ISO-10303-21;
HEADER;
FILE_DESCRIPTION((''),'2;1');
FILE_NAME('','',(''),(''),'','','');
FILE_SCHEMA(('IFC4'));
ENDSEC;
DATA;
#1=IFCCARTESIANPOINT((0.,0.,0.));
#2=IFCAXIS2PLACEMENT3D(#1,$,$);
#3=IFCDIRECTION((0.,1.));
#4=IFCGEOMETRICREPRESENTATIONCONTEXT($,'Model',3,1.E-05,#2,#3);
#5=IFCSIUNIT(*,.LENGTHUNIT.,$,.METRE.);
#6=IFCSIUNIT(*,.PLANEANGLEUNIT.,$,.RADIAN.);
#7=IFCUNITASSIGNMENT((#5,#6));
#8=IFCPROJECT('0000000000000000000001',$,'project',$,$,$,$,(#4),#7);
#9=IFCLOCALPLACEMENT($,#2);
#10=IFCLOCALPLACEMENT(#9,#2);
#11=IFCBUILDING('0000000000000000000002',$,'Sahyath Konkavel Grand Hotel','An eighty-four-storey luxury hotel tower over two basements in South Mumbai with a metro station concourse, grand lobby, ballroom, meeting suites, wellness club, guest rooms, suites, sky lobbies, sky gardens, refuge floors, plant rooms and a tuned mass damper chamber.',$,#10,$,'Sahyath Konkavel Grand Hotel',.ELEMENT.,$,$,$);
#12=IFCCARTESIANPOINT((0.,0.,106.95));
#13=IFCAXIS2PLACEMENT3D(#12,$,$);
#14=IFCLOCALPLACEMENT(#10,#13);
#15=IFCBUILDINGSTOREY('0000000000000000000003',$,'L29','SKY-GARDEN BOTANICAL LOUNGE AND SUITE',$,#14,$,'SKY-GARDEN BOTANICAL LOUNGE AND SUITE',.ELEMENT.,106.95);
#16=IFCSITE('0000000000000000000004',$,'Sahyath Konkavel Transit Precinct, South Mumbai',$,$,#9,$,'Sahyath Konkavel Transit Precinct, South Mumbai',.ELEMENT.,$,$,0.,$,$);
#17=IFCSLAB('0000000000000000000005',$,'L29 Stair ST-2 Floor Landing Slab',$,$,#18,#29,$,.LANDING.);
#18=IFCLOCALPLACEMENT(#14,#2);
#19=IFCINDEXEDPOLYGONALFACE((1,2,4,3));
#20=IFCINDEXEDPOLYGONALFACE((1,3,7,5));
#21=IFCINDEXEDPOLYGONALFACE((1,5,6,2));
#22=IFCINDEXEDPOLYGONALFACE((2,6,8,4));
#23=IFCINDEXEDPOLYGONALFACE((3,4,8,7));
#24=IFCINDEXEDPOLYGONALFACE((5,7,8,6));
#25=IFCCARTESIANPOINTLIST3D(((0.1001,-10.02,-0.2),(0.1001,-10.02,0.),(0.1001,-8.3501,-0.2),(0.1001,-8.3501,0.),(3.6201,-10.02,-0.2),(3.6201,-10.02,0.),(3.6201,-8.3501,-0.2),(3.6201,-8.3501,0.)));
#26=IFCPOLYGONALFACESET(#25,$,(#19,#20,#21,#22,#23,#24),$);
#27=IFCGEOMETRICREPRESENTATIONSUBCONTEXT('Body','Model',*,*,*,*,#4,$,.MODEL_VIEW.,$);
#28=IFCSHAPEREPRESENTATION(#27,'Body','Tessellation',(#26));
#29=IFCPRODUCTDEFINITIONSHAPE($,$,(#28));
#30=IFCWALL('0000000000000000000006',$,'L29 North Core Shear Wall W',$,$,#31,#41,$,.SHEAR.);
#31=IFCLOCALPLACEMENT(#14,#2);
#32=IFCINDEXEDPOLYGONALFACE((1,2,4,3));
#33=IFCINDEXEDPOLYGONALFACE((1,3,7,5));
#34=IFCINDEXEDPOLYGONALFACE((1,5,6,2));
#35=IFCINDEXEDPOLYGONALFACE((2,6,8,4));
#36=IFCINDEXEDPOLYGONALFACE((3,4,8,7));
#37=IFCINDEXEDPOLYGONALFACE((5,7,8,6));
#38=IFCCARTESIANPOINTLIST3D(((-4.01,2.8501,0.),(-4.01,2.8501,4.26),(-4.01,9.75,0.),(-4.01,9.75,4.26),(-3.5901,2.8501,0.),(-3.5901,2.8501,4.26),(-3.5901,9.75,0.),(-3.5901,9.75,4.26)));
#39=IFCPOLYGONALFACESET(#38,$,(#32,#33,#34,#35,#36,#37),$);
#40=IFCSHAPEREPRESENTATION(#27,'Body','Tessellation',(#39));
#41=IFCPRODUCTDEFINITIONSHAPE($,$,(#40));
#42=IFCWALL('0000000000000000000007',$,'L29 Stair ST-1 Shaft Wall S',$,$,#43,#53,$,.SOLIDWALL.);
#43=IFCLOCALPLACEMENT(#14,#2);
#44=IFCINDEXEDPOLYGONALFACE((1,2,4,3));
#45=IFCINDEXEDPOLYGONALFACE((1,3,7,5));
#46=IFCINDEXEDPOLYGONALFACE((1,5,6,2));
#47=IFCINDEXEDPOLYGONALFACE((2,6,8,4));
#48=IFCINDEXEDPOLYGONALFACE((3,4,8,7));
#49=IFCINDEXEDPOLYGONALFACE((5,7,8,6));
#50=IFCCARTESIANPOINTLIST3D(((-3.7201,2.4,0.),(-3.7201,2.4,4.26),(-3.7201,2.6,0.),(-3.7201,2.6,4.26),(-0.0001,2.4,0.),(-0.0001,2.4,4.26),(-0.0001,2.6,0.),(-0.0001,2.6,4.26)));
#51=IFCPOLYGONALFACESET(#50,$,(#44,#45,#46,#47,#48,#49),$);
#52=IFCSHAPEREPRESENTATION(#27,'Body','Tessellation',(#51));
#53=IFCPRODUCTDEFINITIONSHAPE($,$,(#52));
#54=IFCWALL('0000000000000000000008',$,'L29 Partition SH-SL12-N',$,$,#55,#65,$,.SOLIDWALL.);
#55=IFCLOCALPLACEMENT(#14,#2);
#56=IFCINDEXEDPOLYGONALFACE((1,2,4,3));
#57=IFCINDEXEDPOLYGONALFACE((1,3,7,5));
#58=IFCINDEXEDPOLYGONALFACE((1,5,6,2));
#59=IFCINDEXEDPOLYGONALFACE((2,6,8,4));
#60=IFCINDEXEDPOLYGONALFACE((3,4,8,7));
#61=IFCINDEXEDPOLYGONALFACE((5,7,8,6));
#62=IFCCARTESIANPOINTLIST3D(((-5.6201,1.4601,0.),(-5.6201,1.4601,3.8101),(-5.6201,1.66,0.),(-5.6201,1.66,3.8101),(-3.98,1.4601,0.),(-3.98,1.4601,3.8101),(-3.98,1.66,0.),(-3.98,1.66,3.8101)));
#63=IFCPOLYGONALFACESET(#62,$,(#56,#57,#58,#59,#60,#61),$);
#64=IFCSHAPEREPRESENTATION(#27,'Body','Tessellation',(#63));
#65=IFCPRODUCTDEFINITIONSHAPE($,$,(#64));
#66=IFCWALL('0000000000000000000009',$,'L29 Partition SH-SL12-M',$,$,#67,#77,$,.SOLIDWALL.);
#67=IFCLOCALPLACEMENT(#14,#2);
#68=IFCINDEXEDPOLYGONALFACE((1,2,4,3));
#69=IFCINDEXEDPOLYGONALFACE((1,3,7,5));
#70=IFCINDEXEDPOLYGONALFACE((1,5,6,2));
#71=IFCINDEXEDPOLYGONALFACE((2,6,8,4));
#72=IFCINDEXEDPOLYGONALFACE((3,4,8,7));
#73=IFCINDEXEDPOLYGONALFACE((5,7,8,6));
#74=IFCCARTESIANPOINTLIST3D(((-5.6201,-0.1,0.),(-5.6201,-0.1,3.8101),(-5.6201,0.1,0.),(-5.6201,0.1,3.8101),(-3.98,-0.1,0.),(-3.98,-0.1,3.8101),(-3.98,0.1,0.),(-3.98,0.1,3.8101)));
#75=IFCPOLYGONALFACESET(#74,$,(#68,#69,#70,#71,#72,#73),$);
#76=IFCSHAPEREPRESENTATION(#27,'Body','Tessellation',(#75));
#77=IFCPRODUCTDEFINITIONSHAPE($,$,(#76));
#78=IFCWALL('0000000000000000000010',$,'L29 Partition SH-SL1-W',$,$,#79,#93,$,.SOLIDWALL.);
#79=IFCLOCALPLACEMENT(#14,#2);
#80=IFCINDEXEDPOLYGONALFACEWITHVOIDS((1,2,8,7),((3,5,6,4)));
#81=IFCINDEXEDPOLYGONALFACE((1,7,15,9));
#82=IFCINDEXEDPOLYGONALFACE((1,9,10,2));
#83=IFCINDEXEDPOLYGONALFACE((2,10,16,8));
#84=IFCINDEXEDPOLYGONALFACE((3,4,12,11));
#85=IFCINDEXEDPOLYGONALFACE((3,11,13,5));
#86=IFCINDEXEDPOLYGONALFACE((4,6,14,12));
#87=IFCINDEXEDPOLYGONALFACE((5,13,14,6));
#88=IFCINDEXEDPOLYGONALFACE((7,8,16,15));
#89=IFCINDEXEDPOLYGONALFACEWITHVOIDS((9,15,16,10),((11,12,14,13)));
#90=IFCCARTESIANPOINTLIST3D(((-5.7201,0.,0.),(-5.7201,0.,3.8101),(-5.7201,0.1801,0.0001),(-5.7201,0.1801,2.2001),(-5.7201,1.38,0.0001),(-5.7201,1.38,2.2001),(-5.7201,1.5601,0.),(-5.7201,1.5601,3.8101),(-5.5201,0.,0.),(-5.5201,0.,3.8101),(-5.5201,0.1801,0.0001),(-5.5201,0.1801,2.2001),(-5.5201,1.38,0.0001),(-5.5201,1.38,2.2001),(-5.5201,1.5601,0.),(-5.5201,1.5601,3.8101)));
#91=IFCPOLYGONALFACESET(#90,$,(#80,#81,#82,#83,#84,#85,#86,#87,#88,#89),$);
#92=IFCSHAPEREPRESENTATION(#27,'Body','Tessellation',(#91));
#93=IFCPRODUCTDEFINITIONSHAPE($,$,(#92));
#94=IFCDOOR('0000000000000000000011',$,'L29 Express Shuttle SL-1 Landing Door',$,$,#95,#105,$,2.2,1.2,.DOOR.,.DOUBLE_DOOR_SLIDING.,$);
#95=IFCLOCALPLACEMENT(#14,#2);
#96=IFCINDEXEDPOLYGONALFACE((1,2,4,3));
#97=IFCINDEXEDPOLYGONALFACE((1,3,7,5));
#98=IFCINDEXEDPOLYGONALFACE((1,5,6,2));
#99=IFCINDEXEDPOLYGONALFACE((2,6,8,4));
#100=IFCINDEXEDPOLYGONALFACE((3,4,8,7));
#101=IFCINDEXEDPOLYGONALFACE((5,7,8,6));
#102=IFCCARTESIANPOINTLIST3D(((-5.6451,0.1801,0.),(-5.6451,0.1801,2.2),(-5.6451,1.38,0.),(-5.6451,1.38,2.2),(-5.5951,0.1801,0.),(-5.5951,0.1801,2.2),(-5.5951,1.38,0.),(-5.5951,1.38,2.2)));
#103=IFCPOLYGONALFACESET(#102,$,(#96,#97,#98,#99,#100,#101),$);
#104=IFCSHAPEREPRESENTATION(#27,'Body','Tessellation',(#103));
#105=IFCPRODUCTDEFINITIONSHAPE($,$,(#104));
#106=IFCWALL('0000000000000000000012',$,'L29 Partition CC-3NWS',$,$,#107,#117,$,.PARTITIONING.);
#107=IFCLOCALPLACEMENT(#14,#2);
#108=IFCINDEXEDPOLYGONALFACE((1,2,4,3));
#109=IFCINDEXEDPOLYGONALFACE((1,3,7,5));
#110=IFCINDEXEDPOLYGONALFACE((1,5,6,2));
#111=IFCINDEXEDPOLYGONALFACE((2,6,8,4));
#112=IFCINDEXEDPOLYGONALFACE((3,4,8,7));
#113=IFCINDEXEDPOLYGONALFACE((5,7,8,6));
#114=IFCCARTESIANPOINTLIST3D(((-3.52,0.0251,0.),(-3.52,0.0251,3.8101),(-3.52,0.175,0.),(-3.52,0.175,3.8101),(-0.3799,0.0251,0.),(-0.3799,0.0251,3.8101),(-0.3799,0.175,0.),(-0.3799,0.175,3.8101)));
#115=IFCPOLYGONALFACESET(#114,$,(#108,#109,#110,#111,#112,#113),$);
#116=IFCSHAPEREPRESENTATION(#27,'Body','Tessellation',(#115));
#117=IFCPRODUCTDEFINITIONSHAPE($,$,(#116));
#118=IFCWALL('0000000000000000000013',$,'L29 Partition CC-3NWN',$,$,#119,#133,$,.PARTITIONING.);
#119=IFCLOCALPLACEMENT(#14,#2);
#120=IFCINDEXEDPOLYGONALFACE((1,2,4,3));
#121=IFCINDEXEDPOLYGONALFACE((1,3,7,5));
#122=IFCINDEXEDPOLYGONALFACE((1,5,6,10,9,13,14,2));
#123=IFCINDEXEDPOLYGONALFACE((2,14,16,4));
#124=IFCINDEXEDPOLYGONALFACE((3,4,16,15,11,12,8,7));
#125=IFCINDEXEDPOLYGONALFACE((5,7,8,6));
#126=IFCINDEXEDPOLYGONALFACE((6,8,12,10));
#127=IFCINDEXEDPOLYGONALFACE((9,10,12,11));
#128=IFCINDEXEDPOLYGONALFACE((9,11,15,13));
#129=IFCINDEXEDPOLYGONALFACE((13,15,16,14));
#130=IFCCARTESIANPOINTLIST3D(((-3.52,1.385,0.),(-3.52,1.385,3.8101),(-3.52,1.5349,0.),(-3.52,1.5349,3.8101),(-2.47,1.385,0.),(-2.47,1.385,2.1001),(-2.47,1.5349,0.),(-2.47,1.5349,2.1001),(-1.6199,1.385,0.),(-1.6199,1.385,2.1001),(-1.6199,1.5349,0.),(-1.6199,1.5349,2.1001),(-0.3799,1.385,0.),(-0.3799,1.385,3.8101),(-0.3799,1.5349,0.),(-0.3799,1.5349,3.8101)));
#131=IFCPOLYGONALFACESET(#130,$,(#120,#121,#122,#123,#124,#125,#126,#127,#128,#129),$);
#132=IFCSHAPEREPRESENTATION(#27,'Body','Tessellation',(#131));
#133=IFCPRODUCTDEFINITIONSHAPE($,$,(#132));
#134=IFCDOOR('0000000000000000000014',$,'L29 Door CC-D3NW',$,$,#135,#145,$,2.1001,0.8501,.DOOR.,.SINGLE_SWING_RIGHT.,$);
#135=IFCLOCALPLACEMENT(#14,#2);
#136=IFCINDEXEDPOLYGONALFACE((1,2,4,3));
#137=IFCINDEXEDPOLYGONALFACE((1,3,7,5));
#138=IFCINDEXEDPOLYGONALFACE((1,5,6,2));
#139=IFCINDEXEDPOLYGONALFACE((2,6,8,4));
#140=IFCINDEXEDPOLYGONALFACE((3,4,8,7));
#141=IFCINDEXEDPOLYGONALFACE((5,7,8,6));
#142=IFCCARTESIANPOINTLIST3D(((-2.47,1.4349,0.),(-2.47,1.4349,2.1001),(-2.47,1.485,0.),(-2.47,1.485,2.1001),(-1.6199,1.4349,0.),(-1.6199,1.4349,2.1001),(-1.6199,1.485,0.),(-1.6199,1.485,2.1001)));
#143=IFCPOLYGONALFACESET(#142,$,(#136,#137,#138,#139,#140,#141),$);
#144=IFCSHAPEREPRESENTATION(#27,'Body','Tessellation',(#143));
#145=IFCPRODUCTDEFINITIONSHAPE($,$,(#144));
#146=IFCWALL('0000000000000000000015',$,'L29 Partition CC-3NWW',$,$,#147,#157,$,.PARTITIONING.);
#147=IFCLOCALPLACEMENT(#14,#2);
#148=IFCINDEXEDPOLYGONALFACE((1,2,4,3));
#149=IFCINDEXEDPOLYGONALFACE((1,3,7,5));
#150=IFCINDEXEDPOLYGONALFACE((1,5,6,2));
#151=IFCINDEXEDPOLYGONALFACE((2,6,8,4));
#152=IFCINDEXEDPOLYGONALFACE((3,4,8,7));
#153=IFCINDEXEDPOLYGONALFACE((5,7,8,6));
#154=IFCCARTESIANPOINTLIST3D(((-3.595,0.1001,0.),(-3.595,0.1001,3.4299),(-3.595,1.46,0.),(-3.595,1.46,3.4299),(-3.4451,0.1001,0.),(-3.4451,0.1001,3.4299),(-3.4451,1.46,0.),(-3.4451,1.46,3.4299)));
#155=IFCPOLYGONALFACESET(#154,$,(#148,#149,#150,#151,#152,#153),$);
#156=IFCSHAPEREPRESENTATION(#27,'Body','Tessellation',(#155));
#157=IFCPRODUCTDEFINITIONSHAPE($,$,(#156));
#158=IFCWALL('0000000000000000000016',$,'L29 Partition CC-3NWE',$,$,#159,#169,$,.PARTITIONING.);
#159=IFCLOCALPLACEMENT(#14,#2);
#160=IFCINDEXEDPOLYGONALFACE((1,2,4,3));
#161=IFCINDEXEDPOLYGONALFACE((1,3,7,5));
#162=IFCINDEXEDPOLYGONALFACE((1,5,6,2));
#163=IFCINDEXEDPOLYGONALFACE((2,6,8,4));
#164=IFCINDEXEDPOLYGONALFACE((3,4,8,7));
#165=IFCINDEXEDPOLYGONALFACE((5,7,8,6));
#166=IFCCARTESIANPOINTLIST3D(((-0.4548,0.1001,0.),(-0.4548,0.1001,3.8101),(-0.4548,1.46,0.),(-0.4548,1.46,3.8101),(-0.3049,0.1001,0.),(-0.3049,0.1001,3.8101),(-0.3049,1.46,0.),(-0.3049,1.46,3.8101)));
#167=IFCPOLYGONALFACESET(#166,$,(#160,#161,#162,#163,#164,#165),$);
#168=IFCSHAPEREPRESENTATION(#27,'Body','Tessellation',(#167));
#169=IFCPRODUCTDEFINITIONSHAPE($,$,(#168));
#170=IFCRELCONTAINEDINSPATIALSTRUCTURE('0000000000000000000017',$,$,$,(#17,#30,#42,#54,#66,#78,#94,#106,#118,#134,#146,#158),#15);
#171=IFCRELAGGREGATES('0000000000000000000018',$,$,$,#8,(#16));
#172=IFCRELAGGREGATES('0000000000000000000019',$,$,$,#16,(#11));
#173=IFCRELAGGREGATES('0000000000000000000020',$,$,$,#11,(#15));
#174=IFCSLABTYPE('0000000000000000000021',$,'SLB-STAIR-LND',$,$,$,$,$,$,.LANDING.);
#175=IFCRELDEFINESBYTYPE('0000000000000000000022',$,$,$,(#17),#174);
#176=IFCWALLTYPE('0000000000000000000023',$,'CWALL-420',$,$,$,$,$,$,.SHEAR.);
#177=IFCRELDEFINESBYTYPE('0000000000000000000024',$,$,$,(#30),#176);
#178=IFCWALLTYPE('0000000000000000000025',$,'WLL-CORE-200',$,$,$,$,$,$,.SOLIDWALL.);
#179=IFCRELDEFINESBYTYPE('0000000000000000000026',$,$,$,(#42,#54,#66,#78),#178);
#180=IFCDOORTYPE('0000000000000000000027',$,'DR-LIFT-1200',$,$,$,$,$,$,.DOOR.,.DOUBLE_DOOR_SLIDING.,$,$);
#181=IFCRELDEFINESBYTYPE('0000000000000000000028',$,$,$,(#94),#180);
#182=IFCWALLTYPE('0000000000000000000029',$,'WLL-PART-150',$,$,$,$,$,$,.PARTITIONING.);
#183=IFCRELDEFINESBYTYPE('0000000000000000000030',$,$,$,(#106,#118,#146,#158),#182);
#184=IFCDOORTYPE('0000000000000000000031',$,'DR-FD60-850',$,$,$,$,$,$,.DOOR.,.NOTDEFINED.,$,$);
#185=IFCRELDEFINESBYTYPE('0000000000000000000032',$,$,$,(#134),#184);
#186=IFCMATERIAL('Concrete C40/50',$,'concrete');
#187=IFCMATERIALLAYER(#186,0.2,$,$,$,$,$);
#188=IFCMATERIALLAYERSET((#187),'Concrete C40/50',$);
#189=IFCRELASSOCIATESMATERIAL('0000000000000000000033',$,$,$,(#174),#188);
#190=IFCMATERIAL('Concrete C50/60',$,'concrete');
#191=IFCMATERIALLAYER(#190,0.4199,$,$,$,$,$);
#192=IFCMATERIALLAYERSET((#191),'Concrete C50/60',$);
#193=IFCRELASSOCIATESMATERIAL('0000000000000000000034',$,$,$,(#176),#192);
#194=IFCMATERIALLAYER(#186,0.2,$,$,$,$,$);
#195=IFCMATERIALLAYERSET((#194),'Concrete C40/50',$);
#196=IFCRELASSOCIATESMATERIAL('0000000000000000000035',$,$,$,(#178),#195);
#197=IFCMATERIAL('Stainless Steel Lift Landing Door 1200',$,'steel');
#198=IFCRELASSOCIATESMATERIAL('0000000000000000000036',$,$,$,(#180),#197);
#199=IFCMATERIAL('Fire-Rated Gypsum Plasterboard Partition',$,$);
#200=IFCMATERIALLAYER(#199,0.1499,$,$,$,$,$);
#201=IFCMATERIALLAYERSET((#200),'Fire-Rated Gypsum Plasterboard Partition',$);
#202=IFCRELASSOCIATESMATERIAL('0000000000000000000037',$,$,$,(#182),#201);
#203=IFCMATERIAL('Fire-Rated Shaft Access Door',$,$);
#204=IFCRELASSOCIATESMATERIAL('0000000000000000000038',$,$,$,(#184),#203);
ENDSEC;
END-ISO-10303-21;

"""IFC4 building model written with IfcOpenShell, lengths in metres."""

from ifc_helpers import new_model, si_unit, direction, frame, frame_2d, origin, origin_2d, place, context, subcontext, project, spatial, polyline, rectangle, outline, extrude, source, transform, mapped, material, layer, layer_set, type_object, element, fill, save


model = new_model("IFC4")

# Units and contexts
model_context = context("Model", 3, precision=1e-05, world=origin(), true_north=direction((0.0, 1.0)))
body_context = subcontext(model_context, "Body", "Model", "MODEL_VIEW")
ifc_project = project(units=[si_unit("LENGTHUNIT", "METRE"), si_unit("PLANEANGLEUNIT", "RADIAN")], contexts=[model_context])

# Site, building, storey
site_placement = place(None, origin())
site = spatial("IfcSite", under=ifc_project, at=site_placement, Name="Sahyath Konkavel Transit Precinct, South Mumbai", LongName="Sahyath Konkavel Transit Precinct, South Mumbai", CompositionType="ELEMENT", RefElevation=0.0)
building_placement = place(site_placement, origin())
building = spatial("IfcBuilding", under=site, at=building_placement, Name="Sahyath Konkavel Grand Hotel", Description="An eighty-four-storey luxury hotel tower over two basements in South Mumbai with a metro station concourse, grand lobby, ballroom, meeting suites, wellness club, guest rooms, suites, sky lobbies, sky gardens, refuge floors, plant rooms and a tuned mass damper chamber.", LongName="Sahyath Konkavel Grand Hotel", CompositionType="ELEMENT")
storey_placement = place(building_placement, frame((0.0, 0.0, 106.95)))
storey = spatial("IfcBuildingStorey", under=building, at=storey_placement, Name="L29", Description="SKY-GARDEN BOTANICAL LOUNGE AND SUITE", LongName="SKY-GARDEN BOTANICAL LOUNGE AND SUITE", CompositionType="ELEMENT", Elevation=106.95)

# Shared definitions
ifc_material_1 = material(Name="Concrete C50/60", Category="concrete")

# Slab
ifc_material_2 = material(Name="Concrete C40/50", Category="concrete")
ifc_layer_1 = layer(ifc_material_2, 0.2)
ifc_layer_set_1 = layer_set([ifc_layer_1], Name="Concrete C40/50")
slab_type_1 = type_object("IfcSlabType", Name="SLB-STAIR-LND", PredefinedType="LANDING", material=ifc_layer_set_1)
slab_1_placement = place(storey_placement, frame((0.0, 0.0, -0.2)))
element("IfcSlab", 1, at=slab_1_placement, inside=storey, type_object=slab_type_1, Name="L29 Stair ST-2 Floor Landing Slab", PredefinedType="LANDING", context=body_context, shape_type="SweptSolid", body=[
    extrude(outline(polyline([(0.1001, -10.02), (3.6201, -10.02), (3.6201, -8.3501), (0.1001, -8.3501), (0.1001, -10.02)])), origin(), (0.0, 0.0, 1.0), 0.2),
])

# Walls
ifc_layer_2 = layer(ifc_material_1, 0.4199)
ifc_layer_set_2 = layer_set([ifc_layer_2], Name="Concrete C50/60")
wall_type_1 = type_object("IfcWallType", Name="CWALL-420", PredefinedType="SHEAR", material=ifc_layer_set_2)
wall_1_placement = place(storey_placement, frame((-3.8, 2.8501, 0.0), z_axis=(0.0, 0.0, 1.0), x_axis=(0.0, 1.0, 0.0)))
element("IfcWall", 2, at=wall_1_placement, inside=storey, type_object=wall_type_1, Name="L29 North Core Shear Wall W", PredefinedType="SHEAR", context=body_context, shape_type="SweptSolid", body=[
    extrude(rectangle(XDim=6.8999, YDim=0.4199, at=frame_2d((3.45, 0.0))), origin(), (0.0, 0.0, 1.0), 4.26),
])
ifc_layer_3 = layer(ifc_material_2, 0.2)
ifc_layer_set_3 = layer_set([ifc_layer_3], Name="Concrete C40/50")
wall_type_2 = type_object("IfcWallType", Name="WLL-CORE-200", PredefinedType="SOLIDWALL", material=ifc_layer_set_3)
wall_2_placement = place(storey_placement, frame((-3.72, 2.5, 0.0), z_axis=(0.0, 0.0, 1.0), x_axis=(1.0, 0.0, 0.0)))
element("IfcWall", 3, at=wall_2_placement, inside=storey, type_object=wall_type_2, Name="L29 Stair ST-1 Shaft Wall S", PredefinedType="SOLIDWALL", context=body_context, shape_type="SweptSolid", body=[
    extrude(rectangle(XDim=3.72, YDim=0.2, at=frame_2d((1.8599, 0.0))), origin(), (0.0, 0.0, 1.0), 4.26),
])
for number, where, z_axis, x_axis, name in (
    (4, (-5.6201, 1.5601, 0.0), (0.0, 0.0, 1.0), (1.0, 0.0, 0.0), "L29 Partition SH-SL12-N"),
    (5, (-5.6201, 0.0, 0.0), (0.0, 0.0, 1.0), (1.0, 0.0, 0.0), "L29 Partition SH-SL12-M"),
):
    element("IfcWall", number, at=place(storey_placement, frame(where, z_axis=z_axis, x_axis=x_axis)), inside=storey, type_object=wall_type_2, Name=name, PredefinedType="SOLIDWALL", context=body_context, shape_type="SweptSolid", body=[
        extrude(rectangle(XDim=1.6401, YDim=0.2, at=frame_2d((0.8201, 0.0))), origin(), (0.0, 0.0, 1.0), 3.8101),
    ])

# Wall, opening, door
wall_3_placement = place(storey_placement, frame((-5.6201, 0.0, 0.0), z_axis=(0.0, 0.0, 1.0), x_axis=(0.0, 1.0, 0.0)))
wall_3 = element("IfcWall", 6, at=wall_3_placement, inside=storey, type_object=wall_type_2, Name="L29 Partition SH-SL1-W", PredefinedType="SOLIDWALL", context=body_context, shape_type="SweptSolid", body=[
    extrude(rectangle(XDim=1.5601, YDim=0.2, at=frame_2d((0.78, 0.0))), origin(), (0.0, 0.0, 1.0), 3.8101),
])
opening_1_placement = place(wall_3_placement, frame((0.1799, 0.0, 0.0)))
opening_1 = element("IfcOpeningElement", 7, at=opening_1_placement, cuts=wall_3, PredefinedType="OPENING", context=body_context, shape_type="SweptSolid", body=[
    extrude(rectangle(XDim=1.2, YDim=2.2, at=frame_2d((0.6001, 1.1001))), frame((0.0, 0.1099, 0.0), z_axis=(0.0, -1.0, 0.0), x_axis=(1.0, 0.0, 0.0)), (0.0, 0.0, 1.0), 0.22),
])
ifc_material_3 = material(Name="Stainless Steel Lift Landing Door 1200", Category="steel")
door_type_1 = type_object("IfcDoorType", Name="DR-LIFT-1200", OperationType="DOUBLE_DOOR_SLIDING", PredefinedType="DOOR", material=ifc_material_3)
shared_shape_1 = source(origin(), body_context, "Body", "SweptSolid", [
    extrude(rectangle(XDim=1.2, YDim=0.05, at=origin_2d()), origin(), (0.0, 0.0, 1.0), 2.2),
])
door_1_placement = place(opening_1_placement, frame((0.6001, 0.0, 0.0)))
door_1 = element("IfcDoor", 8, at=door_1_placement, inside=storey, type_object=door_type_1, Name="L29 Express Shuttle SL-1 Landing Door", OperationType="DOUBLE_DOOR_SLIDING", OverallHeight=2.2, OverallWidth=1.2, PredefinedType="DOOR", context=body_context, shape_type="MappedRepresentation", body=[
    mapped(shared_shape_1, transform((0.0, 0.0, 0.0), scale=1.0)),
])
fill(opening_1, door_1)

# Wall
ifc_material_4 = material(Name="Fire-Rated Gypsum Plasterboard Partition")
ifc_layer_4 = layer(ifc_material_4, 0.1499)
ifc_layer_set_4 = layer_set([ifc_layer_4], Name="Fire-Rated Gypsum Plasterboard Partition")
wall_type_3 = type_object("IfcWallType", Name="WLL-PART-150", PredefinedType="PARTITIONING", material=ifc_layer_set_4)
wall_4_placement = place(storey_placement, frame((-3.52, 0.1001, 0.0), z_axis=(0.0, 0.0, 1.0), x_axis=(1.0, 0.0, 0.0)))
element("IfcWall", 9, at=wall_4_placement, inside=storey, type_object=wall_type_3, Name="L29 Partition CC-3NWS", PredefinedType="PARTITIONING", context=body_context, shape_type="SweptSolid", body=[
    extrude(rectangle(XDim=3.1401, YDim=0.1499, at=frame_2d((1.5701, 0.0))), origin(), (0.0, 0.0, 1.0), 3.8101),
])

# Wall, opening, door
wall_5_placement = place(storey_placement, frame((-3.52, 1.46, 0.0), z_axis=(0.0, 0.0, 1.0), x_axis=(1.0, 0.0, 0.0)))
wall_5 = element("IfcWall", 10, at=wall_5_placement, inside=storey, type_object=wall_type_3, Name="L29 Partition CC-3NWN", PredefinedType="PARTITIONING", context=body_context, shape_type="SweptSolid", body=[
    extrude(rectangle(XDim=3.1401, YDim=0.1499, at=frame_2d((1.5701, 0.0))), origin(), (0.0, 0.0, 1.0), 3.8101),
])
opening_2_placement = place(wall_5_placement, frame((1.05, 0.0, 0.0)))
opening_2 = element("IfcOpeningElement", 11, at=opening_2_placement, cuts=wall_5, PredefinedType="OPENING", context=body_context, shape_type="SweptSolid", body=[
    extrude(rectangle(XDim=0.8501, YDim=2.1001, at=frame_2d((0.425, 1.05))), frame((0.0, 0.085, 0.0), z_axis=(0.0, -1.0, 0.0), x_axis=(1.0, 0.0, 0.0)), (0.0, 0.0, 1.0), 0.1699),
])
ifc_material_5 = material(Name="Fire-Rated Shaft Access Door")
door_type_2 = type_object("IfcDoorType", Name="DR-FD60-850", OperationType="NOTDEFINED", PredefinedType="DOOR", material=ifc_material_5)
shared_shape_2 = source(origin(), body_context, "Body", "SweptSolid", [
    extrude(rectangle(XDim=0.8501, YDim=0.05, at=origin_2d()), origin(), (0.0, 0.0, 1.0), 2.1001),
])
door_2_placement = place(opening_2_placement, frame((0.425, 0.0, 0.0)))
door_2 = element("IfcDoor", 12, at=door_2_placement, inside=storey, type_object=door_type_2, Name="L29 Door CC-D3NW", OperationType="SINGLE_SWING_RIGHT", OverallHeight=2.1001, OverallWidth=0.8501, PredefinedType="DOOR", context=body_context, shape_type="MappedRepresentation", body=[
    mapped(shared_shape_2, transform((0.0, 0.0, 0.0), scale=1.0)),
])
fill(opening_2, door_2)

# Walls
wall_6_placement = place(storey_placement, frame((-3.52, 0.1001, 0.0), z_axis=(0.0, 0.0, 1.0), x_axis=(0.0, 1.0, 0.0)))
element("IfcWall", 13, at=wall_6_placement, inside=storey, type_object=wall_type_3, Name="L29 Partition CC-3NWW", PredefinedType="PARTITIONING", context=body_context, shape_type="SweptSolid", body=[
    extrude(rectangle(XDim=1.3599, YDim=0.1499, at=frame_2d((0.6799, 0.0))), origin(), (0.0, 0.0, 1.0), 3.4299),
])
wall_7_placement = place(storey_placement, frame((-0.3799, 0.1001, 0.0), z_axis=(0.0, 0.0, 1.0), x_axis=(0.0, 1.0, 0.0)))
element("IfcWall", 14, at=wall_7_placement, inside=storey, type_object=wall_type_3, Name="L29 Partition CC-3NWE", PredefinedType="PARTITIONING", context=body_context, shape_type="SweptSolid", body=[
    extrude(rectangle(XDim=1.3599, YDim=0.1499, at=frame_2d((0.6799, 0.0))), origin(), (0.0, 0.0, 1.0), 3.8101),
])

save(model, "model.ifc")
